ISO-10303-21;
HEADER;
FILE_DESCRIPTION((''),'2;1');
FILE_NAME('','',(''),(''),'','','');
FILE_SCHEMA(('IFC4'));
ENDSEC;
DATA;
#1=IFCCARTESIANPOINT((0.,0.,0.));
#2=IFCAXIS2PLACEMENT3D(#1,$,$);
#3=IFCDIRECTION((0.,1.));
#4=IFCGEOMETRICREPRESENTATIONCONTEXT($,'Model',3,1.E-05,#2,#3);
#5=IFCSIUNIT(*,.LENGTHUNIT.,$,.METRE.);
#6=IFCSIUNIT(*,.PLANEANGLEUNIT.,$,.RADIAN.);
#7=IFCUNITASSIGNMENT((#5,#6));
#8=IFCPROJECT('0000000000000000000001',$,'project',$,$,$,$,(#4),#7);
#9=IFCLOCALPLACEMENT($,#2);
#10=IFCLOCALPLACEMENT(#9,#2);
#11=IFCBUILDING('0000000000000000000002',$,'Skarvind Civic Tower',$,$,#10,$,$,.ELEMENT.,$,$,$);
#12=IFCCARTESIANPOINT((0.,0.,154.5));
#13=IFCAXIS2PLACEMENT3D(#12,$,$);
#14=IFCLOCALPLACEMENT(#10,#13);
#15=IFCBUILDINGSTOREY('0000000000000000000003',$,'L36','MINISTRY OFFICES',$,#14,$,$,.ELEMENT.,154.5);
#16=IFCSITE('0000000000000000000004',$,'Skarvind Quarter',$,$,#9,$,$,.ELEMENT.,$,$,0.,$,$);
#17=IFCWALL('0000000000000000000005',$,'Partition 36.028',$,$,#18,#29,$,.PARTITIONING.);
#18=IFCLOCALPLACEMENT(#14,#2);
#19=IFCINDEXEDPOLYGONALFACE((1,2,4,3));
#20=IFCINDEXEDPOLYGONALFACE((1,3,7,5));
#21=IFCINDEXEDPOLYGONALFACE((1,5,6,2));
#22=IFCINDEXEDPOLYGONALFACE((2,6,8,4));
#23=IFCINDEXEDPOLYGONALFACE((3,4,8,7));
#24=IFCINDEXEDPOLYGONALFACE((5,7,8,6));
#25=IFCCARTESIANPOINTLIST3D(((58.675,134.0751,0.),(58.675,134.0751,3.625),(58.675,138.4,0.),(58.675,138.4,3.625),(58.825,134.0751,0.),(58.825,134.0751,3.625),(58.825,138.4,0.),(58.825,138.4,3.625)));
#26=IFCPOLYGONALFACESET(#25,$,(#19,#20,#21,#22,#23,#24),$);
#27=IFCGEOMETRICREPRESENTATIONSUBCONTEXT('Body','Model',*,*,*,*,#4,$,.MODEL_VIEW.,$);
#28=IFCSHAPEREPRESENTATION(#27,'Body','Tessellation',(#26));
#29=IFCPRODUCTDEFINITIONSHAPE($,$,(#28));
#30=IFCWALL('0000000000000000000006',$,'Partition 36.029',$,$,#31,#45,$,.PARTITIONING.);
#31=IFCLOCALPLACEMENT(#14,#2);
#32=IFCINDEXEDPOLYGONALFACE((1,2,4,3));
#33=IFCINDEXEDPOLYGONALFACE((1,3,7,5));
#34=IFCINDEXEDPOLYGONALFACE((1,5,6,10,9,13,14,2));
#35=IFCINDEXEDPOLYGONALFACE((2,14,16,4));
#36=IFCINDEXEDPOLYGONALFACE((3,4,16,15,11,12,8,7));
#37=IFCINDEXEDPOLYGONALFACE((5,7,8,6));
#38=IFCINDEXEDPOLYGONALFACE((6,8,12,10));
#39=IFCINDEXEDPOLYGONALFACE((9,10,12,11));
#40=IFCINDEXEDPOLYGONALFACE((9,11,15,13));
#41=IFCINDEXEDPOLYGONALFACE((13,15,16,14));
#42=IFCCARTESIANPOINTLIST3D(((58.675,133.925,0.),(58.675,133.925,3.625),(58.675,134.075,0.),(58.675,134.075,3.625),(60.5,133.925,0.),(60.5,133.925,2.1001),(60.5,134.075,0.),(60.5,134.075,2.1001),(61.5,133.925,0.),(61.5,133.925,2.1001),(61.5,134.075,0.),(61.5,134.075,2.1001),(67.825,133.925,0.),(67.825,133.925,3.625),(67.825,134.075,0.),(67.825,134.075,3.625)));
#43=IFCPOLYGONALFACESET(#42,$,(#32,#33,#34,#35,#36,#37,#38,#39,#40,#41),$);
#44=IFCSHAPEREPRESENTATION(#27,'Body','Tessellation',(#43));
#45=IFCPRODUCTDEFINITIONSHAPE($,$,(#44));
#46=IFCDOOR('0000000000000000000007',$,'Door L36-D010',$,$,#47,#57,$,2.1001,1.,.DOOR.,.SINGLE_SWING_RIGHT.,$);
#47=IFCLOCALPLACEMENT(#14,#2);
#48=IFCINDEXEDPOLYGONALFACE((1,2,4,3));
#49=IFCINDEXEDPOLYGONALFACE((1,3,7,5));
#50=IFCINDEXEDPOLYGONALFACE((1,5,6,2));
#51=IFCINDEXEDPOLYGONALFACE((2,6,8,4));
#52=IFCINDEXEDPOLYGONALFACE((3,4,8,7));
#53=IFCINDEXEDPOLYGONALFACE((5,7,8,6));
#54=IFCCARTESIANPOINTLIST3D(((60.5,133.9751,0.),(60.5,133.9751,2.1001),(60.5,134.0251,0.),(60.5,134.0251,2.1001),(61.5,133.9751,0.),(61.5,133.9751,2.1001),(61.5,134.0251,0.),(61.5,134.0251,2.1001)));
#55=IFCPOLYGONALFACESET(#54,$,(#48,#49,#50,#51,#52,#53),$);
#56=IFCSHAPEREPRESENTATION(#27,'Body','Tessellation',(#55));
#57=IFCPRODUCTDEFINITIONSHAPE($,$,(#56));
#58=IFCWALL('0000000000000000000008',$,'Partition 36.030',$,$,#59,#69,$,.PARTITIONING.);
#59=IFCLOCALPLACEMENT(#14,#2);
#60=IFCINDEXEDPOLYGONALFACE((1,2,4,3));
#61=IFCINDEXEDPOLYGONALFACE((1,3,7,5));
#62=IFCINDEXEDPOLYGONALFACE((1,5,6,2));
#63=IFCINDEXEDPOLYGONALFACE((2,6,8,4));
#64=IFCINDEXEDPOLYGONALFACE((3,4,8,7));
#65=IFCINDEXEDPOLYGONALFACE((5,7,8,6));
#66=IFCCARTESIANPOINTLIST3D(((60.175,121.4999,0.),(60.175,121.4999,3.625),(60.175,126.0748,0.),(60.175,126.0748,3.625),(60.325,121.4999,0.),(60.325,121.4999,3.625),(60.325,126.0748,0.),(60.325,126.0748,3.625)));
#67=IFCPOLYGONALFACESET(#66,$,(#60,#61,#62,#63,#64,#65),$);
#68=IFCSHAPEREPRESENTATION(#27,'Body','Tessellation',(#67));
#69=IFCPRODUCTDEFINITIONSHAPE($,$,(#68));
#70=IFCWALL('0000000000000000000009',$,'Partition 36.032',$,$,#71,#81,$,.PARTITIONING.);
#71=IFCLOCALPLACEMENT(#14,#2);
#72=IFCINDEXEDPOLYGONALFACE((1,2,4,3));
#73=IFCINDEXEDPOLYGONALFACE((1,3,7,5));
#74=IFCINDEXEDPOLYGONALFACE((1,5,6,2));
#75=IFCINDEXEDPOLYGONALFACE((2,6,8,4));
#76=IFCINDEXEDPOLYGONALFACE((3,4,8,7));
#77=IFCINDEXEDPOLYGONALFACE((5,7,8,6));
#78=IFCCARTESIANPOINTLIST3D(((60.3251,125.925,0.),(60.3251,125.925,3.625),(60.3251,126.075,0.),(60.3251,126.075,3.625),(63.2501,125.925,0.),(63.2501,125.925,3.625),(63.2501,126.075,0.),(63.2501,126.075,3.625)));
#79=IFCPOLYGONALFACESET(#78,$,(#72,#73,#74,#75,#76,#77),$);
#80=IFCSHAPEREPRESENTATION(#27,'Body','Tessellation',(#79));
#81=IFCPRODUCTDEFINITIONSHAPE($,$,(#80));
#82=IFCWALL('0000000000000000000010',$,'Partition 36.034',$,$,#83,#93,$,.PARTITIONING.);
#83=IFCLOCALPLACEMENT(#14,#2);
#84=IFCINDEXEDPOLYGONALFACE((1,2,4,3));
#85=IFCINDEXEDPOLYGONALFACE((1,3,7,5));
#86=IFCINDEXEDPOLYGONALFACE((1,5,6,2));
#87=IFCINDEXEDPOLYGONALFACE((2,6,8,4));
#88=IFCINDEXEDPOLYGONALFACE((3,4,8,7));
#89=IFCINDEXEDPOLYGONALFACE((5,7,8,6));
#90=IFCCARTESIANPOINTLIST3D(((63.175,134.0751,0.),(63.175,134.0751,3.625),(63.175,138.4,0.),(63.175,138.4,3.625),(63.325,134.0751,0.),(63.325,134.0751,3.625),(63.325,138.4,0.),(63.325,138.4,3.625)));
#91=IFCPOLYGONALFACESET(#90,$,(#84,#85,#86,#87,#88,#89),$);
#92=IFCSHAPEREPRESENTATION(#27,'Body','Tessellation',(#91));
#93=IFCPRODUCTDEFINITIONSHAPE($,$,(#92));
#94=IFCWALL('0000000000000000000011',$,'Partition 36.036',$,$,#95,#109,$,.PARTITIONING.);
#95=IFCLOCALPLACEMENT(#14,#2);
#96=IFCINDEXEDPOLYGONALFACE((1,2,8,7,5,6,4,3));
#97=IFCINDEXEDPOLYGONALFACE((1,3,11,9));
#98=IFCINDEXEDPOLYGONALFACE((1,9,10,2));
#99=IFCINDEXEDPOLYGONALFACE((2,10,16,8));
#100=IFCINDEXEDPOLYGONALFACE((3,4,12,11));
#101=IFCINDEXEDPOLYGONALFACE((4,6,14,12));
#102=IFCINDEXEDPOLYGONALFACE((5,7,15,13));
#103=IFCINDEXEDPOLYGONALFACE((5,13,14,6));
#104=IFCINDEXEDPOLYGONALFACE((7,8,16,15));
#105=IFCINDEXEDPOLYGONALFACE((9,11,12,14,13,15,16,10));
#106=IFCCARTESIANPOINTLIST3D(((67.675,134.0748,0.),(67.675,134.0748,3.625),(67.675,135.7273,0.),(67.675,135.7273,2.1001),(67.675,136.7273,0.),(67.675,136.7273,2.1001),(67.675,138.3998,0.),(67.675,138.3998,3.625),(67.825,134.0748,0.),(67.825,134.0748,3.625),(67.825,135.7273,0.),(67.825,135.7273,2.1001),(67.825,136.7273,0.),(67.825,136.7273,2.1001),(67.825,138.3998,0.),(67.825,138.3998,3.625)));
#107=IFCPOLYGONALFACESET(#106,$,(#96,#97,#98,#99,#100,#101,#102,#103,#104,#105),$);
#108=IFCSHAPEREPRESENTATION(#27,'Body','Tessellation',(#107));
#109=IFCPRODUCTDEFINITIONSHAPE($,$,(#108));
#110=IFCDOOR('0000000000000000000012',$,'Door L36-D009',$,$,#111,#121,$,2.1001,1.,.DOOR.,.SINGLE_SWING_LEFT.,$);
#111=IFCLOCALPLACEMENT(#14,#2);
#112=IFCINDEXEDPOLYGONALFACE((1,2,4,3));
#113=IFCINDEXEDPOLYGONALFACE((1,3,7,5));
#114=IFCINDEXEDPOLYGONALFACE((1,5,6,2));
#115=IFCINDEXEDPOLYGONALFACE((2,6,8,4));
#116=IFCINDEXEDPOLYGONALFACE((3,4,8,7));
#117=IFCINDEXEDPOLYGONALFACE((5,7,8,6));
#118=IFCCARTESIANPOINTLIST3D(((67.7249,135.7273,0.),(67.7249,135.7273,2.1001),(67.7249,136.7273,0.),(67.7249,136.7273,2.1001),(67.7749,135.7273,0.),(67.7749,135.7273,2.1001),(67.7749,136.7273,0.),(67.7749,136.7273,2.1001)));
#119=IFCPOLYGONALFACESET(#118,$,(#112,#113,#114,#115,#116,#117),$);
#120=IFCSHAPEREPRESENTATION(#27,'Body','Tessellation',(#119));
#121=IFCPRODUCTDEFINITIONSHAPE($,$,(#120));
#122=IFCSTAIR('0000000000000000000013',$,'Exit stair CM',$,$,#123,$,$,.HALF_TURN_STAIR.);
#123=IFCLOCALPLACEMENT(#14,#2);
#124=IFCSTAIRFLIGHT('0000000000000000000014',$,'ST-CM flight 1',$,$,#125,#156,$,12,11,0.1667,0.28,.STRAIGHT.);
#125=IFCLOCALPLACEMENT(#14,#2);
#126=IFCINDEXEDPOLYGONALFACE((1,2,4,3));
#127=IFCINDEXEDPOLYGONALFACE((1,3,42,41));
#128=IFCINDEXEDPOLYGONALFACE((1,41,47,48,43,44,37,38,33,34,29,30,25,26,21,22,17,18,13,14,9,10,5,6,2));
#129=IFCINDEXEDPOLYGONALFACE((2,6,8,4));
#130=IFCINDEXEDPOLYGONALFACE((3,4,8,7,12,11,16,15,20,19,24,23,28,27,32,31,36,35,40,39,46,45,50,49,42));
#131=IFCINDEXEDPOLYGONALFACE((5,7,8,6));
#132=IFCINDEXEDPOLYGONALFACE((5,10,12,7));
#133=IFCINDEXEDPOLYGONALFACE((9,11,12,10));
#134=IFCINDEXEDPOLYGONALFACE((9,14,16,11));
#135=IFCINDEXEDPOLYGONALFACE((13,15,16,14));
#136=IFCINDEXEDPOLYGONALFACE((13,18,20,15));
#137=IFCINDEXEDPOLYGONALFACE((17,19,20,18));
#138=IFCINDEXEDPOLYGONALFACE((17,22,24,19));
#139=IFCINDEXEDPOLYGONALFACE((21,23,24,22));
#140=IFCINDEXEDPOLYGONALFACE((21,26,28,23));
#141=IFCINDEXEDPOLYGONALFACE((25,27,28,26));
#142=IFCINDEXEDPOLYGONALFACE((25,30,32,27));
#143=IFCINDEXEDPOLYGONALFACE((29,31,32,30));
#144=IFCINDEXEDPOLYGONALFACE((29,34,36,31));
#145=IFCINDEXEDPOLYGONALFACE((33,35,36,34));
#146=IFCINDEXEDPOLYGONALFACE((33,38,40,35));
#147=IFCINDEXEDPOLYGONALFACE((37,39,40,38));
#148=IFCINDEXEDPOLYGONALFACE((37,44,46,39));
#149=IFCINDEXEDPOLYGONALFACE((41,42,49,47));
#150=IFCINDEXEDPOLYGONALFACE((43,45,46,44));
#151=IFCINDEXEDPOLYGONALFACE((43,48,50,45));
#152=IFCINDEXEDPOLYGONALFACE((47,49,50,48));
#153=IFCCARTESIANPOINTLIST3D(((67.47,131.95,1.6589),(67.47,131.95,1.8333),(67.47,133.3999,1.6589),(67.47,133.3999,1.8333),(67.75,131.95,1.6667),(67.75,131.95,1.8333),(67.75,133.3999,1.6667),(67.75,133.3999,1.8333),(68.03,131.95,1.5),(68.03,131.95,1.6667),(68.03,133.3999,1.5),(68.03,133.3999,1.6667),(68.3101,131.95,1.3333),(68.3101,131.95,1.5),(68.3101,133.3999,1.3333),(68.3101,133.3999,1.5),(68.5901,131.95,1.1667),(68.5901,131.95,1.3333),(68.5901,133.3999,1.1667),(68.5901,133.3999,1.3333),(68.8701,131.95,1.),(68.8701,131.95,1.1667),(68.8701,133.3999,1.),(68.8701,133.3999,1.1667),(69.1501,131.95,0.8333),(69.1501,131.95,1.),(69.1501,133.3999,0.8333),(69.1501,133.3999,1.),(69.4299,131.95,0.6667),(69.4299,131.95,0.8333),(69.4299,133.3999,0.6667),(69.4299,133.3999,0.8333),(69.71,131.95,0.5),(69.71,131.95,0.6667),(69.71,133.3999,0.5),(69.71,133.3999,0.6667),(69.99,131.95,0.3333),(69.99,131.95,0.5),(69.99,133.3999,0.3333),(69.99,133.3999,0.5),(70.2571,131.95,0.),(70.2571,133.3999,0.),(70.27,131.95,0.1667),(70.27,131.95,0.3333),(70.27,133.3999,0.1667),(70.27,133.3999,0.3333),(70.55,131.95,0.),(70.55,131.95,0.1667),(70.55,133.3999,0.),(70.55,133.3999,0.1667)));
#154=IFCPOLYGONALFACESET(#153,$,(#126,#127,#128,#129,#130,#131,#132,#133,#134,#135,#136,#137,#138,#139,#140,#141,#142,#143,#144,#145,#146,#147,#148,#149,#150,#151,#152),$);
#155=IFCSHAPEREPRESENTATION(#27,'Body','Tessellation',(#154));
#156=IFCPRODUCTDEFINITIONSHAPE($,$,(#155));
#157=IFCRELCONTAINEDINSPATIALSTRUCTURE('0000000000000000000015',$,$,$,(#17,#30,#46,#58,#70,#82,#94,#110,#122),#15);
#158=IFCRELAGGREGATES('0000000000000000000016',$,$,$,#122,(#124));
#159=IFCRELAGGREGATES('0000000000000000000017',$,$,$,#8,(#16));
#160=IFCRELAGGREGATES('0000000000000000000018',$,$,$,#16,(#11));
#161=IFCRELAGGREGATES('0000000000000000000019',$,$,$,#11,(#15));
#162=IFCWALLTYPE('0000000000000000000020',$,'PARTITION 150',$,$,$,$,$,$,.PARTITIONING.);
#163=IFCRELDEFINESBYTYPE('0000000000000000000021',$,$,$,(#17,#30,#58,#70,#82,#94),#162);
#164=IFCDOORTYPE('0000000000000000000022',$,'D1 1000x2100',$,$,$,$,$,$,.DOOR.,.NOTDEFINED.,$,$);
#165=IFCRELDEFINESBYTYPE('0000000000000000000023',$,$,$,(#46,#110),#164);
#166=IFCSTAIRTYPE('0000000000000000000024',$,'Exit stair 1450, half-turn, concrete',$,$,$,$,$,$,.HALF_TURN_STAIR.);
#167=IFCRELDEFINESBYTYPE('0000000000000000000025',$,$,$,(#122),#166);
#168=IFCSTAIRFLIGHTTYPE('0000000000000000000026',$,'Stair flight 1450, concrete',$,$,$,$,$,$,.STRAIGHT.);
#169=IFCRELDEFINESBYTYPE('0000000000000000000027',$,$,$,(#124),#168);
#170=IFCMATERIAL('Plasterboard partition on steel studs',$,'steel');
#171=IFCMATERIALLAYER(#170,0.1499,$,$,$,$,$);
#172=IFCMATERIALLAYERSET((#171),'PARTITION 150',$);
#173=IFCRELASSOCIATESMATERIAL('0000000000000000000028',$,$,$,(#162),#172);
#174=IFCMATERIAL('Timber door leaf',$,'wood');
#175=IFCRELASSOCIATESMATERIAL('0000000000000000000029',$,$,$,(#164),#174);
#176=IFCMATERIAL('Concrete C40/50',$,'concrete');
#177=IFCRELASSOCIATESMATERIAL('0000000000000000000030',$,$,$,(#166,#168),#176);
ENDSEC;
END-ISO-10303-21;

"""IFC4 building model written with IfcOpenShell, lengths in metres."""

from ifc_helpers import new_model, si_unit, direction, frame, frame_2d, origin, place, context, subcontext, project, spatial, polyline, rectangle, outline, extrude, material, layer, layer_set, type_object, element, fill, aggregate, save


model = new_model("IFC4")

# Units and contexts
model_context = context("Model", 3, precision=1e-05, world=origin(), true_north=direction((0.0, 1.0)))
body_context = subcontext(model_context, "Body", "Model", "MODEL_VIEW")
ifc_project = project(units=[si_unit("LENGTHUNIT", "METRE"), si_unit("PLANEANGLEUNIT", "RADIAN")], contexts=[model_context])

# Site, building, storey
site_placement = place(None, origin())
site = spatial("IfcSite", under=ifc_project, at=site_placement, Name="Skarvind Quarter", CompositionType="ELEMENT", RefElevation=0.0)
building_placement = place(site_placement, origin())
building = spatial("IfcBuilding", under=site, at=building_placement, Name="Skarvind Civic Tower", CompositionType="ELEMENT")
storey_placement = place(building_placement, frame((0.0, 0.0, 154.5)))
storey = spatial("IfcBuildingStorey", under=building, at=storey_placement, Name="L36", Description="MINISTRY OFFICES", CompositionType="ELEMENT", Elevation=154.5)

# Wall
ifc_material_1 = material(Name="Plasterboard partition on steel studs", Category="steel")
ifc_layer_1 = layer(ifc_material_1, 0.1499)
ifc_layer_set_1 = layer_set([ifc_layer_1], Name="PARTITION 150")
wall_type_1 = type_object("IfcWallType", Name="PARTITION 150", PredefinedType="PARTITIONING", material=ifc_layer_set_1)
wall_1_placement = place(storey_placement, frame((58.75, 134.075, 0.0), z_axis=(0.0, 0.0, 1.0), x_axis=(0.0, 1.0, 0.0)))
element("IfcWall", 1, at=wall_1_placement, inside=storey, type_object=wall_type_1, Name="Partition 36.028", PredefinedType="PARTITIONING", context=body_context, shape_type="SweptSolid", body=[
    extrude(rectangle(XDim=4.325, YDim=0.1499, at=frame_2d((2.1626, 0.0))), origin(), (0.0, 0.0, 1.0), 3.625),
])

# Wall, opening, door
wall_2_placement = place(storey_placement, frame((67.825, 134.0, 0.0), z_axis=(0.0, 0.0, 1.0), x_axis=(-1.0, 0.0, 0.0)))
wall_2 = element("IfcWall", 2, at=wall_2_placement, inside=storey, type_object=wall_type_1, Name="Partition 36.029", PredefinedType="PARTITIONING", context=body_context, shape_type="SweptSolid", body=[
    extrude(rectangle(XDim=9.1499, YDim=0.1499, at=frame_2d((4.575, 0.0))), origin(), (0.0, 0.0, 1.0), 3.625),
])
opening_1_placement = place(wall_2_placement, frame((6.325, 0.0, 0.0)))
opening_1 = element("IfcOpeningElement", 3, at=opening_1_placement, cuts=wall_2, PredefinedType="OPENING", context=body_context, shape_type="SweptSolid", body=[
    extrude(rectangle(XDim=1.0, YDim=2.1001, at=frame_2d((0.5, 1.05))), frame((0.0, 0.085, 0.0), z_axis=(0.0, -1.0, 0.0), x_axis=(1.0, 0.0, 0.0)), (0.0, 0.0, 1.0), 0.1699),
])
ifc_material_2 = material(Name="Timber door leaf", Category="wood")
door_type_1 = type_object("IfcDoorType", Name="D1 1000x2100", OperationType="NOTDEFINED", PredefinedType="DOOR", material=ifc_material_2)
door_1_placement = place(opening_1_placement, origin())
door_1 = element("IfcDoor", 4, at=door_1_placement, inside=storey, type_object=door_type_1, Name="Door L36-D010", OperationType="SINGLE_SWING_RIGHT", OverallHeight=2.1001, OverallWidth=1.0, PredefinedType="DOOR", context=body_context, shape_type="SweptSolid", body=[
    extrude(rectangle(XDim=1.0, YDim=2.1001, at=frame_2d((0.5, 1.05))), frame((0.0, 0.0249, 0.0), z_axis=(0.0, -1.0, 0.0), x_axis=(1.0, 0.0, 0.0)), (0.0, 0.0, 1.0), 0.05),
])
fill(opening_1, door_1)

# Walls
wall_3_placement = place(storey_placement, frame((60.25, 126.075, 0.0), z_axis=(0.0, 0.0, 1.0), x_axis=(0.0, -1.0, 0.0)))
element("IfcWall", 5, at=wall_3_placement, inside=storey, type_object=wall_type_1, Name="Partition 36.030", PredefinedType="PARTITIONING", context=body_context, shape_type="SweptSolid", body=[
    extrude(rectangle(XDim=4.575, YDim=0.1499, at=frame_2d((2.2876, 0.0))), origin(), (0.0, 0.0, 1.0), 3.625),
])
wall_4_placement = place(storey_placement, frame((63.25, 126.0, 0.0), z_axis=(0.0, 0.0, 1.0), x_axis=(-1.0, 0.0, 0.0)))
element("IfcWall", 6, at=wall_4_placement, inside=storey, type_object=wall_type_1, Name="Partition 36.032", PredefinedType="PARTITIONING", context=body_context, shape_type="SweptSolid", body=[
    extrude(rectangle(XDim=2.925, YDim=0.1499, at=frame_2d((1.4624, 0.0))), origin(), (0.0, 0.0, 1.0), 3.625),
])
wall_5_placement = place(storey_placement, frame((63.25, 134.075, 0.0), z_axis=(0.0, 0.0, 1.0), x_axis=(0.0, 1.0, 0.0)))
element("IfcWall", 7, at=wall_5_placement, inside=storey, type_object=wall_type_1, Name="Partition 36.034", PredefinedType="PARTITIONING", context=body_context, shape_type="SweptSolid", body=[
    extrude(rectangle(XDim=4.325, YDim=0.1499, at=frame_2d((2.1626, 0.0))), origin(), (0.0, 0.0, 1.0), 3.625),
])

# Wall, opening, door
wall_6_placement = place(storey_placement, frame((67.75, 138.3999, 0.0), z_axis=(0.0, 0.0, 1.0), x_axis=(0.0, -1.0, 0.0)))
wall_6 = element("IfcWall", 8, at=wall_6_placement, inside=storey, type_object=wall_type_1, Name="Partition 36.036", PredefinedType="PARTITIONING", context=body_context, shape_type="SweptSolid", body=[
    extrude(rectangle(XDim=4.325, YDim=0.1499, at=frame_2d((2.1626, 0.0))), origin(), (0.0, 0.0, 1.0), 3.625),
])
opening_2_placement = place(wall_6_placement, frame((1.6726, 0.0, 0.0)))
opening_2 = element("IfcOpeningElement", 9, at=opening_2_placement, cuts=wall_6, PredefinedType="OPENING", context=body_context, shape_type="SweptSolid", body=[
    extrude(rectangle(XDim=1.0, YDim=2.1001, at=frame_2d((0.5, 1.05))), frame((0.0, 0.085, 0.0), z_axis=(0.0, -1.0, 0.0), x_axis=(1.0, 0.0, 0.0)), (0.0, 0.0, 1.0), 0.1699),
])
door_2_placement = place(opening_2_placement, origin())
door_2 = element("IfcDoor", 10, at=door_2_placement, inside=storey, type_object=door_type_1, Name="Door L36-D009", OperationType="SINGLE_SWING_LEFT", OverallHeight=2.1001, OverallWidth=1.0, PredefinedType="DOOR", context=body_context, shape_type="SweptSolid", body=[
    extrude(rectangle(XDim=1.0, YDim=2.1001, at=frame_2d((0.5, 1.05))), frame((0.0, 0.0249, 0.0), z_axis=(0.0, -1.0, 0.0), x_axis=(1.0, 0.0, 0.0)), (0.0, 0.0, 1.0), 0.05),
])
fill(opening_2, door_2)

# Stair, stair flight
ifc_material_3 = material(Name="Concrete C40/50", Category="concrete")
stair_type = type_object("IfcStairType", Name="Exit stair 1450, half-turn, concrete", PredefinedType="HALF_TURN_STAIR", material=ifc_material_3)
stair_placement = place(storey_placement, origin())
stair = element("IfcStair", 11, at=stair_placement, inside=storey, type_object=stair_type, Name="Exit stair CM", PredefinedType="HALF_TURN_STAIR")
stair_flight_type = type_object("IfcStairFlightType", Name="Stair flight 1450, concrete", PredefinedType="STRAIGHT", material=ifc_material_3)
stair_flight_1_placement = place(storey_placement, frame((70.55, 132.675, 0.0), z_axis=(0.0, 0.0, 1.0), x_axis=(-1.0, 0.0, 0.0)))
stair_flight_1 = element("IfcStairFlight", 12, at=stair_flight_1_placement, type_object=stair_flight_type, Name="ST-CM flight 1", NumberOfRisers=12, NumberOfTreads=11, PredefinedType="STRAIGHT", RiserHeight=0.1667, TreadLength=0.28, context=body_context, shape_type="SweptSolid", body=[
    extrude(outline(polyline([(0.0, 0.0), (0.0, 0.1667), (0.28, 0.1667), (0.28, 0.3333), (0.5601, 0.3333), (0.5601, 0.5), (0.8401, 0.5), (0.8401, 0.6667), (1.1201, 0.6667), (1.1201, 0.8333), (1.3999, 0.8333), (1.3999, 1.0), (1.6799, 1.0), (1.6799, 1.1667), (1.96, 1.1667), (1.96, 1.3333), (2.24, 1.3333), (2.24, 1.5), (2.52, 1.5), (2.52, 1.6667), (2.8, 1.6667), (2.8, 1.8333), (3.0801, 1.8333), (3.0801, 2.0), (3.0801, 1.6589), (0.293, 0.0), (0.0, 0.0)])), frame((0.0, 0.7251, 0.0), z_axis=(0.0, -1.0, 0.0), x_axis=(1.0, 0.0, 0.0)), (0.0, 0.0, 1.0), 1.45),
])
aggregate(stair, [stair_flight_1])

save(model, "model.ifc")
